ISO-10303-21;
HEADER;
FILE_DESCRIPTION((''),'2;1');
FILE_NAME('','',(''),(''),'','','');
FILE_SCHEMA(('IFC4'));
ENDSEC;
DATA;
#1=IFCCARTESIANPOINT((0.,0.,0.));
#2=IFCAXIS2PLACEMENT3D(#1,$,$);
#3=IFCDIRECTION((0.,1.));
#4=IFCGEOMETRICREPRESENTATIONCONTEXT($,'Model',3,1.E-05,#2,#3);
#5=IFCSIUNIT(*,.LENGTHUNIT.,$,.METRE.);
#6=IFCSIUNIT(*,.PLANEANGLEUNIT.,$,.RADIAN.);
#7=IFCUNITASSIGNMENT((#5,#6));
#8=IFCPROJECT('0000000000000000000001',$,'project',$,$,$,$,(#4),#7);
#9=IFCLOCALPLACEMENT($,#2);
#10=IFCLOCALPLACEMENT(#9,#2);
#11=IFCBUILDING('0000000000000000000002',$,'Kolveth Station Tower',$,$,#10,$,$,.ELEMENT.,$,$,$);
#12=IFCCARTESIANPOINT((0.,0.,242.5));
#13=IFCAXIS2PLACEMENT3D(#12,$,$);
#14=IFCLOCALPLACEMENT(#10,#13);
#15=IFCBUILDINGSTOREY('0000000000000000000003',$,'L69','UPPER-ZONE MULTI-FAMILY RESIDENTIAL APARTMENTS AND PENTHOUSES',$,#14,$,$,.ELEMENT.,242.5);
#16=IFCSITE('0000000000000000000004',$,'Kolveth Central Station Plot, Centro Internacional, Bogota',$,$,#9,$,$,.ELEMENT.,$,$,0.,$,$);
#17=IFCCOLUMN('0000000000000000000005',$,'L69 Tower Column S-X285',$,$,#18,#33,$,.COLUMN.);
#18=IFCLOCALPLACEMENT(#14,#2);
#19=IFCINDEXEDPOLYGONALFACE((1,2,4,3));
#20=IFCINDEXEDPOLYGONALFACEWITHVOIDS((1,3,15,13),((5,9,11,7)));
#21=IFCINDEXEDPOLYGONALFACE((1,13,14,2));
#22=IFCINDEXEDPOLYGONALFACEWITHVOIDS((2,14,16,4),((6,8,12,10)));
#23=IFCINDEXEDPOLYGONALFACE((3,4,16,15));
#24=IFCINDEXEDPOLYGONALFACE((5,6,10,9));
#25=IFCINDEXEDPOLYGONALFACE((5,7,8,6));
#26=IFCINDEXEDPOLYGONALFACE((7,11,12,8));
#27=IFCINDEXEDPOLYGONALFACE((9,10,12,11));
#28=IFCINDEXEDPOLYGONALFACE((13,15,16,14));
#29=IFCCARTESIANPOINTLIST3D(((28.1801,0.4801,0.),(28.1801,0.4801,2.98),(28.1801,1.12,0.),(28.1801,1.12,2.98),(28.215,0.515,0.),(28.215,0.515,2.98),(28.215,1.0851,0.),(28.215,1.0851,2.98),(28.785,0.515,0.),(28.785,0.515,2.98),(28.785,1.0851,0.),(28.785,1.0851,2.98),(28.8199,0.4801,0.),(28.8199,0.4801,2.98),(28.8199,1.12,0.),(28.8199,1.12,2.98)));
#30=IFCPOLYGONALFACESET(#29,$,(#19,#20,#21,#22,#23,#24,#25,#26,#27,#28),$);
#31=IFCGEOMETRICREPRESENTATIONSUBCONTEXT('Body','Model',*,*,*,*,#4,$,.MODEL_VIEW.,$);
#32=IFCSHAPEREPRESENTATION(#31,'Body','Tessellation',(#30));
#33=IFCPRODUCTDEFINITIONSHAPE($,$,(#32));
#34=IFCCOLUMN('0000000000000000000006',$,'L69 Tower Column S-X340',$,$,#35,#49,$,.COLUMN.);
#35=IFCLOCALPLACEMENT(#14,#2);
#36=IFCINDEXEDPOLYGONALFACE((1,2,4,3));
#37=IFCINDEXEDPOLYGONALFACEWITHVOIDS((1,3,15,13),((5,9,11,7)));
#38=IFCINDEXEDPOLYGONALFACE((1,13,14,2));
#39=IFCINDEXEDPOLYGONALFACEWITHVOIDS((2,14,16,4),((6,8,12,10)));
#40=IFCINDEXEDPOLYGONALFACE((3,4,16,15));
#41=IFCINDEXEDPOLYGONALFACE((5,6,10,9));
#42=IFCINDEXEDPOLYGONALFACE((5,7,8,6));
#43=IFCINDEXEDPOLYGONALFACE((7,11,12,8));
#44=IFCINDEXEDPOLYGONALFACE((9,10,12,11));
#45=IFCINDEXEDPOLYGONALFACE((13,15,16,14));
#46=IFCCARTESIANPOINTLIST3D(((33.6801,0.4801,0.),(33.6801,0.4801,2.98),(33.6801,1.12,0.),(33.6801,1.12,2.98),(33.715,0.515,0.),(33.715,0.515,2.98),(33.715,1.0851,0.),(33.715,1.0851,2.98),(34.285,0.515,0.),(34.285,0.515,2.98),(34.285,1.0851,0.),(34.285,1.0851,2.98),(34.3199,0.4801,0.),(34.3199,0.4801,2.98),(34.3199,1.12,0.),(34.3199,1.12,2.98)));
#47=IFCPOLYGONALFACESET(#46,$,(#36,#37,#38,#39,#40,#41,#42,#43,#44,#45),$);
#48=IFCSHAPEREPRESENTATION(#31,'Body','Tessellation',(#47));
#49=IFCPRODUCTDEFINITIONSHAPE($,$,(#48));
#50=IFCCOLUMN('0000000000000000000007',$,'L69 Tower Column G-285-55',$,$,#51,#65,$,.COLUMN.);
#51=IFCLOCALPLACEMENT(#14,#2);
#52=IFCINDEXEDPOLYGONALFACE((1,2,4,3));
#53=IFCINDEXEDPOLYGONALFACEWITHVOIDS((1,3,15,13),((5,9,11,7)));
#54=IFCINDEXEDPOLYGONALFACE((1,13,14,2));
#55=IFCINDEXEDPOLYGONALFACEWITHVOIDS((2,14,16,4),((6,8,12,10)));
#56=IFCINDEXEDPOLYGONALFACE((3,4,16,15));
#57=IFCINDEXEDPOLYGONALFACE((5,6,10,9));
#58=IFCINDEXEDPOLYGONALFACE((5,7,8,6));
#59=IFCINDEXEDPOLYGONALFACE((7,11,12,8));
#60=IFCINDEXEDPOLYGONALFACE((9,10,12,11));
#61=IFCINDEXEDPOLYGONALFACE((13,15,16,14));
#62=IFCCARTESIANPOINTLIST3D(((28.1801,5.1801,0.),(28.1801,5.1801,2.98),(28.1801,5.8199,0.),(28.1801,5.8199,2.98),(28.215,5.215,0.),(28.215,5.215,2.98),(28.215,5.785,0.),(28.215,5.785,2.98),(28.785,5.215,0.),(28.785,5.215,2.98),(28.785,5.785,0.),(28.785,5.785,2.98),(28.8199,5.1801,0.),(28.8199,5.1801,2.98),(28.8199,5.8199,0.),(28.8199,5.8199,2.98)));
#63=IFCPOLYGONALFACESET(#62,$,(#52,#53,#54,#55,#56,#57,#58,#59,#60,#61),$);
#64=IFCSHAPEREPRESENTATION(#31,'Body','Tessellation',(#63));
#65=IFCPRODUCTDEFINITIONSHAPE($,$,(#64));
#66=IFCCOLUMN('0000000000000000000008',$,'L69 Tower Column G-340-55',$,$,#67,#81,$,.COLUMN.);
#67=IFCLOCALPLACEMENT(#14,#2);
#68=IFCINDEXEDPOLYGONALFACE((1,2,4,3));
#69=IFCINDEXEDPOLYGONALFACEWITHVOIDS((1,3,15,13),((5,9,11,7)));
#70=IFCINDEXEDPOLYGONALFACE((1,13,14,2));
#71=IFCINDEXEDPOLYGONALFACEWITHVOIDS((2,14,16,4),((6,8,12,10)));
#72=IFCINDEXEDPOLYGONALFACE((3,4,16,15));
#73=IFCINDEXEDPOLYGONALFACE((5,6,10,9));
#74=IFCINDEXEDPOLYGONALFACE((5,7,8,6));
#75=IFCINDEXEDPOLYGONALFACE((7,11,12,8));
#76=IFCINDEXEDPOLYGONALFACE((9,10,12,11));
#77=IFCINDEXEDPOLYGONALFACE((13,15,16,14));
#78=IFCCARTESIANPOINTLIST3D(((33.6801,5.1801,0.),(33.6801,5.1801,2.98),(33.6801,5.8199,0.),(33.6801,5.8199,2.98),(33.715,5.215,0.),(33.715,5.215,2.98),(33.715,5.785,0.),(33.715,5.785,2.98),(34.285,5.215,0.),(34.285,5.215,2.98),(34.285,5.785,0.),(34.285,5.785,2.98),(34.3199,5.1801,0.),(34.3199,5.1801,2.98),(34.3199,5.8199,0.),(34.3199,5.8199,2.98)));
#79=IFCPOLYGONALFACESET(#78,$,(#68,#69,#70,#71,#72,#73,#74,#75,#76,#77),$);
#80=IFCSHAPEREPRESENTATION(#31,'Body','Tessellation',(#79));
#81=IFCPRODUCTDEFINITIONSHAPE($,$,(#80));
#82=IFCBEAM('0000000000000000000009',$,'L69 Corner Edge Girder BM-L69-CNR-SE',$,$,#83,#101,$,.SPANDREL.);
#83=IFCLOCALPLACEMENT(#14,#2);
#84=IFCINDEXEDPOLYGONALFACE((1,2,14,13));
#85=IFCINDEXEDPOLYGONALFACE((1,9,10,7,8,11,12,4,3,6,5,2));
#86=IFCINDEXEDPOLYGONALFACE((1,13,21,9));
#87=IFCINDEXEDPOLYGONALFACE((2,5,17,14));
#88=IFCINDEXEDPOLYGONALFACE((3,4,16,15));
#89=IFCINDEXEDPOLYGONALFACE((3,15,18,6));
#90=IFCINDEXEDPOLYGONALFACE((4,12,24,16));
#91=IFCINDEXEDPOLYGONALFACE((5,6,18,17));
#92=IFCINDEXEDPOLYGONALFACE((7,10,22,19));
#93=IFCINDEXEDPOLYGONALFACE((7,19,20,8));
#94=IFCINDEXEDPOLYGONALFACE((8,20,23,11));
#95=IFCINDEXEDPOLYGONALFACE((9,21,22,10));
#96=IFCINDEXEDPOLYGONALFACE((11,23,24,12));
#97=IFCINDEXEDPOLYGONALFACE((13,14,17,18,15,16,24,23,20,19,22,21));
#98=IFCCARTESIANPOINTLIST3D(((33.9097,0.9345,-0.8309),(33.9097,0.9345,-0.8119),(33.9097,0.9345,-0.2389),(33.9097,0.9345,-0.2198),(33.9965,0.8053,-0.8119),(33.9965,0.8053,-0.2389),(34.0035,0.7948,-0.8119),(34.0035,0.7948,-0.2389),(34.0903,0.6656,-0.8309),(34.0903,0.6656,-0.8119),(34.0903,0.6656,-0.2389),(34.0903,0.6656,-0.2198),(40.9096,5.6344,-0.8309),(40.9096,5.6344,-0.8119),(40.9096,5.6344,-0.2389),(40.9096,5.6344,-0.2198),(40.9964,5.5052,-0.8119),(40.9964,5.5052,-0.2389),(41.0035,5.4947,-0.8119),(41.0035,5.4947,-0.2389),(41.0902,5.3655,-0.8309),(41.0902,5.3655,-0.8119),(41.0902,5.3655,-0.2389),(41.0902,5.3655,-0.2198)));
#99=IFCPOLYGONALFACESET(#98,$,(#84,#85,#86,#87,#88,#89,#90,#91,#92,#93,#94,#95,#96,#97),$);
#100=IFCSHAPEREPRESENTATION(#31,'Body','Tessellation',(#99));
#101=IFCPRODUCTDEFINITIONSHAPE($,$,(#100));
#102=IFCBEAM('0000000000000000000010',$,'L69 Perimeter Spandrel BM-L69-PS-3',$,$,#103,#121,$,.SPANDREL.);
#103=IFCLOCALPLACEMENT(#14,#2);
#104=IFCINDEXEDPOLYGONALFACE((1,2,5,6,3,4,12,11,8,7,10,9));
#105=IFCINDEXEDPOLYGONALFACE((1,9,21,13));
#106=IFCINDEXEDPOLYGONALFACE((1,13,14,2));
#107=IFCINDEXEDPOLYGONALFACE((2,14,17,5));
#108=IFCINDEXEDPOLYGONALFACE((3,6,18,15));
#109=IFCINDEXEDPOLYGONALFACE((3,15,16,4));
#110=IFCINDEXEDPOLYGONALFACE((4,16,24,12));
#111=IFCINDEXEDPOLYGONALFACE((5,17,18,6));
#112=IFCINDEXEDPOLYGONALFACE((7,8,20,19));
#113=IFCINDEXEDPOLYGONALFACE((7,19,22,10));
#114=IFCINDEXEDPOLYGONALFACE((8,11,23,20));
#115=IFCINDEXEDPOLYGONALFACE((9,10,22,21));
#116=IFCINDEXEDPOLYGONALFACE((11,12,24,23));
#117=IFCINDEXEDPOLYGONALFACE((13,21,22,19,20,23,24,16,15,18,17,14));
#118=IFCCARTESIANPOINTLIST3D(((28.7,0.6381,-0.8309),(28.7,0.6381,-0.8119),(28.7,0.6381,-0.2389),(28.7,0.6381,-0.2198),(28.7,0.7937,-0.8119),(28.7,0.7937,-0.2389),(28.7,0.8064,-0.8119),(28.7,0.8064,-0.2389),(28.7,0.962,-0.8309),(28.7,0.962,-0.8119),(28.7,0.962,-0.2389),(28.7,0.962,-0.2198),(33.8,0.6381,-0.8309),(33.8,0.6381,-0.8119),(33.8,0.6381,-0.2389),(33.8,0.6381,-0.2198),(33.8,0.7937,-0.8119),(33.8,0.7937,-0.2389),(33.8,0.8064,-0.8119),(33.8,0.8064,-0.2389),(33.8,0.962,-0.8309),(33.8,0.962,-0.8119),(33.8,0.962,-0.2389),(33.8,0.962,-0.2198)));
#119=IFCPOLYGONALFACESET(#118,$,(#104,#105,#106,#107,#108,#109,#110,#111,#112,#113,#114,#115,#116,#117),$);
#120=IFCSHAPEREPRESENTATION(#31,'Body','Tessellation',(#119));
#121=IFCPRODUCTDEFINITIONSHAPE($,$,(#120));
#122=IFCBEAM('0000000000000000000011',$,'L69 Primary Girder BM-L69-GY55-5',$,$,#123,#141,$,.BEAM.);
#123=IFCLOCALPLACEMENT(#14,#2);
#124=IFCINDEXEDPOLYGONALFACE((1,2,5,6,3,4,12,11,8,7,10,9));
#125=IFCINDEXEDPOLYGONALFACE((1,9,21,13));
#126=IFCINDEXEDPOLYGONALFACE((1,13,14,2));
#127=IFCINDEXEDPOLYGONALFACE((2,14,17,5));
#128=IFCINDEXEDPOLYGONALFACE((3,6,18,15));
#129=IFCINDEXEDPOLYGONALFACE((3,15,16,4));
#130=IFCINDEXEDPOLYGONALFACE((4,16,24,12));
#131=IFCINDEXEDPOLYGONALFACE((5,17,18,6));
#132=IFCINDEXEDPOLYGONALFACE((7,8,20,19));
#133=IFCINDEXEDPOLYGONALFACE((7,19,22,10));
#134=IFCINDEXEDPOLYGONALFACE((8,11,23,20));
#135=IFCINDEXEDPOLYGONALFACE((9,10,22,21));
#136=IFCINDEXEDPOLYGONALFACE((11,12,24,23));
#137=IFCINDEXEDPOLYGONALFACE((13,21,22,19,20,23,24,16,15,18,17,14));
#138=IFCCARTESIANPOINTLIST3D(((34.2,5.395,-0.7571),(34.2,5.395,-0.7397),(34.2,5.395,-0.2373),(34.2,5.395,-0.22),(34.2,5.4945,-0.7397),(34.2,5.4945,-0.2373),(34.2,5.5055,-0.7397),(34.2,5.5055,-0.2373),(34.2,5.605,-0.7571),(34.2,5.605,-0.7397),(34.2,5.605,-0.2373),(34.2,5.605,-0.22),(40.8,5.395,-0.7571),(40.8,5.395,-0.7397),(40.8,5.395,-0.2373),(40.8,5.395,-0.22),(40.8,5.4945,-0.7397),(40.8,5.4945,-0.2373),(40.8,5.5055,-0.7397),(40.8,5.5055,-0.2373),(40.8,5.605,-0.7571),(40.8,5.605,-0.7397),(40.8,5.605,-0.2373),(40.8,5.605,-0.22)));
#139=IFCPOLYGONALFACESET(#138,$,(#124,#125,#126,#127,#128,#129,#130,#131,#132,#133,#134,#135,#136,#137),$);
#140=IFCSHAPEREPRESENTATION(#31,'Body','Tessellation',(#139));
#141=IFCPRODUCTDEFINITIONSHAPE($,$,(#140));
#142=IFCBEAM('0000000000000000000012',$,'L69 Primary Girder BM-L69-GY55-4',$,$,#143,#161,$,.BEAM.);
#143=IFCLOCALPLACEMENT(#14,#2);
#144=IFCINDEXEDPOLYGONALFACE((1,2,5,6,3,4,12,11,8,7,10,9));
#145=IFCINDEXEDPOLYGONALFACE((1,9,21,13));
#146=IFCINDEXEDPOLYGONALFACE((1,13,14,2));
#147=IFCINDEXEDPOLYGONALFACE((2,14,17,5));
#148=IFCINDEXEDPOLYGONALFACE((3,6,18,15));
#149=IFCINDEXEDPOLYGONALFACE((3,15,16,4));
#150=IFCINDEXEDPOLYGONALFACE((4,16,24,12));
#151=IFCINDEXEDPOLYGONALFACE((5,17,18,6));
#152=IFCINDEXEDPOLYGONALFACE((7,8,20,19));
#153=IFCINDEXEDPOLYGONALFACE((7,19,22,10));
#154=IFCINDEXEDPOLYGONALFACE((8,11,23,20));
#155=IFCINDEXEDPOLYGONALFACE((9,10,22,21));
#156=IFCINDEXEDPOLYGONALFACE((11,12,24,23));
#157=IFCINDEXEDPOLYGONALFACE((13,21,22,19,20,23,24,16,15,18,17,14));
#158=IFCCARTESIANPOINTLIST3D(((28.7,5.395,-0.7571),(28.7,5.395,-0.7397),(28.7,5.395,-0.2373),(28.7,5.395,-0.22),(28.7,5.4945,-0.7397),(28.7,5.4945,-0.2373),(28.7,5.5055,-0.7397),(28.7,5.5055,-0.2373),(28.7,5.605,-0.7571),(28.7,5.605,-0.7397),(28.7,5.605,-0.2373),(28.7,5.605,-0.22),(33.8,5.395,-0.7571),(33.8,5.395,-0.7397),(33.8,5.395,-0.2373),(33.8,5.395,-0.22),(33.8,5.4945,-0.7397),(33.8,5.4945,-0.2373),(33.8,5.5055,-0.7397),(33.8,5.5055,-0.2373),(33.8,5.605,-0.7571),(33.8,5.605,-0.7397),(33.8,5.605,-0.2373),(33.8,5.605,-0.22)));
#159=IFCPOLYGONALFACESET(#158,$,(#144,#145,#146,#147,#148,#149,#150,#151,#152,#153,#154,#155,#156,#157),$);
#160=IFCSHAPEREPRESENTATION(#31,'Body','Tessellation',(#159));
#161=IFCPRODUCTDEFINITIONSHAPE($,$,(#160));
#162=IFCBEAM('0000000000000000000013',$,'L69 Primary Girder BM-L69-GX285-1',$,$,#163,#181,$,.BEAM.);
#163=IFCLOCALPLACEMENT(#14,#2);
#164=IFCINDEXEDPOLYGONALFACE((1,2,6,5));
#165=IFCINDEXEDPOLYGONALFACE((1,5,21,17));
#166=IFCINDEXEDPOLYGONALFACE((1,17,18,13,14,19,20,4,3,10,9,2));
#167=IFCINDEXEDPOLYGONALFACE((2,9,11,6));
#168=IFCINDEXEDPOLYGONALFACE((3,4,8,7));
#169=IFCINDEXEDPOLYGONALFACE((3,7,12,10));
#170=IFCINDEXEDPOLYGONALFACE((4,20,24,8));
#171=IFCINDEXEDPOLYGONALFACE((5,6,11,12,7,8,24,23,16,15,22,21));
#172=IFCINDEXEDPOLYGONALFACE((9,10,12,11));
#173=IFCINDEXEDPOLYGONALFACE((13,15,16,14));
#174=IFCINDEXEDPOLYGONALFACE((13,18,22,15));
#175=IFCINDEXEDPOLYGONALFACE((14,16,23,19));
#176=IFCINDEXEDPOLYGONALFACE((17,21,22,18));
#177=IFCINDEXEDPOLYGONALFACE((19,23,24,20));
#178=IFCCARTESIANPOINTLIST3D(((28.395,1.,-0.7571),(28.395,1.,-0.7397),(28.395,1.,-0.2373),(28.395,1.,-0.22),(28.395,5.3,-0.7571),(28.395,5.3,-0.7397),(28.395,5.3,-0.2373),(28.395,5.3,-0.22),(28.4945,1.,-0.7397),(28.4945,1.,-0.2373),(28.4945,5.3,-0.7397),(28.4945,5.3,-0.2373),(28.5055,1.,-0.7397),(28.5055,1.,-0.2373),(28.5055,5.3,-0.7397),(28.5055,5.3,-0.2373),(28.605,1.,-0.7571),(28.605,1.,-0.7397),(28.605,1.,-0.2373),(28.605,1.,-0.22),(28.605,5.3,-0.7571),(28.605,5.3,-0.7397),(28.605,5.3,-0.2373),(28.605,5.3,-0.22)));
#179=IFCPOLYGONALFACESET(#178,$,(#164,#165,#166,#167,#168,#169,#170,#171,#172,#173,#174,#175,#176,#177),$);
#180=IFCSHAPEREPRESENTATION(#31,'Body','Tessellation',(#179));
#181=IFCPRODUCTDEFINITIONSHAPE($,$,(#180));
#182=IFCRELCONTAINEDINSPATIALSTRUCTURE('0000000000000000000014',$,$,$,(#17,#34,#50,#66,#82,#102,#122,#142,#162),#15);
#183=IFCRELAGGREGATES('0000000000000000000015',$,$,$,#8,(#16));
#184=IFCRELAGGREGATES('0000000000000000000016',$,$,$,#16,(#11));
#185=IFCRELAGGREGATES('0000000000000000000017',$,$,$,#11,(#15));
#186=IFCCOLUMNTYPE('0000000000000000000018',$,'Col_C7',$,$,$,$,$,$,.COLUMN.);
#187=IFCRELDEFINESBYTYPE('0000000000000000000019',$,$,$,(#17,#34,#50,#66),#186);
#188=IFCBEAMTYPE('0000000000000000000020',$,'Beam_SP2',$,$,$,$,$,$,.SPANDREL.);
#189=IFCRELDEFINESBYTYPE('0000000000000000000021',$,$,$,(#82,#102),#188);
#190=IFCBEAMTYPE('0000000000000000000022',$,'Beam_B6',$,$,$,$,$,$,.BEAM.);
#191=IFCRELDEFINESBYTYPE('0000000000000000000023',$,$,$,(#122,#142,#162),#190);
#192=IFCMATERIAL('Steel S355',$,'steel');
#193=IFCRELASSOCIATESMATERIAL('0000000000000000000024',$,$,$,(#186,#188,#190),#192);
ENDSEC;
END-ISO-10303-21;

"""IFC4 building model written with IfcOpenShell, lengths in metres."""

from ifc_helpers import new_model, si_unit, direction, frame, origin, origin_2d, place, context, subcontext, project, spatial, hollow_rectangle, i_section, extrude, source, transform, mapped, material, material_profile, profile_set, type_object, element, save


model = new_model("IFC4")

# Units and contexts
model_context = context("Model", 3, precision=1e-05, world=origin(), true_north=direction((0.0, 1.0)))
body_context = subcontext(model_context, "Body", "Model", "MODEL_VIEW")
ifc_project = project(units=[si_unit("LENGTHUNIT", "METRE"), si_unit("PLANEANGLEUNIT", "RADIAN")], contexts=[model_context])

# Site, building, storey
site_placement = place(None, origin())
site = spatial("IfcSite", under=ifc_project, at=site_placement, Name="Kolveth Central Station Plot, Centro Internacional, Bogota", CompositionType="ELEMENT", RefElevation=0.0)
building_placement = place(site_placement, origin())
building = spatial("IfcBuilding", under=site, at=building_placement, Name="Kolveth Station Tower", CompositionType="ELEMENT")
storey_placement = place(building_placement, frame((0.0, 0.0, 242.5)))
storey = spatial("IfcBuildingStorey", under=building, at=storey_placement, Name="L69", Description="UPPER-ZONE MULTI-FAMILY RESIDENTIAL APARTMENTS AND PENTHOUSES", CompositionType="ELEMENT", Elevation=242.5)

# Columns
ifc_material_1 = material(Name="Steel S355", Category="steel")
ifc_material_profile_1 = material_profile(ifc_material_1, hollow_rectangle(XDim=0.6399, YDim=0.6399, WallThickness=0.0349, at=origin_2d()), Name="BOX640x640x35")
ifc_profile_set_1 = profile_set([ifc_material_profile_1], Name="Steel S355")
column_type = type_object("IfcColumnType", Name="Col_C7", PredefinedType="COLUMN", material=ifc_profile_set_1)
shared_shape_1 = source(origin(), body_context, "Body", "SweptSolid", [
    extrude(hollow_rectangle(XDim=0.6399, YDim=0.6399, WallThickness=0.0349, at=origin_2d()), origin(), (0.0, 0.0, 1.0), 2.98),
])
for number, where, z_axis, x_axis, name in (
    (1, (28.5, 0.8, 0.0), (0.0, 0.0, 1.0), (1.0, 0.0, 0.0), "L69 Tower Column S-X285"),
    (2, (34.0, 0.8, 0.0), (0.0, 0.0, 1.0), (1.0, 0.0, 0.0), "L69 Tower Column S-X340"),
    (3, (28.5, 5.5, 0.0), (0.0, 0.0, 1.0), (1.0, 0.0, 0.0), "L69 Tower Column G-285-55"),
    (4, (34.0, 5.5, 0.0), (0.0, 0.0, 1.0), (1.0, 0.0, 0.0), "L69 Tower Column G-340-55"),
):
    element("IfcColumn", number, at=place(storey_placement, frame(where, z_axis=z_axis, x_axis=x_axis)), inside=storey, type_object=column_type, Name=name, PredefinedType="COLUMN", context=body_context, shape_type="MappedRepresentation", body=[
        mapped(shared_shape_1, transform((0.0, 0.0, 0.0), x_axis=(1.0, 0.0, 0.0), y_axis=(0.0, 1.0, 0.0), z_axis=(0.0, 0.0, 1.0), scale=1.0)),
    ])

# Beams
ifc_material_profile_2 = material_profile(ifc_material_1, i_section(OverallWidth=0.324, OverallDepth=0.6111, WebThickness=0.0127, FlangeThickness=0.019, at=origin_2d()), Name="W610x155")
ifc_profile_set_2 = profile_set([ifc_material_profile_2], Name="Steel S355")
beam_type_1 = type_object("IfcBeamType", Name="Beam_SP2", PredefinedType="SPANDREL", material=ifc_profile_set_2)
shared_shape_2 = source(origin(), body_context, "Body", "SweptSolid", [
    extrude(i_section(OverallWidth=0.324, OverallDepth=0.6111, WebThickness=0.0127, FlangeThickness=0.019, at=origin_2d()), origin(), (0.0, 0.0, 1.0), 8.4314),
])
beam_1_placement = place(storey_placement, frame((34.0, 0.8, -0.5254), z_axis=(0.830224, 0.55743, 0.0), x_axis=(-0.55743, 0.830224, 0.0)))
element("IfcBeam", 5, at=beam_1_placement, inside=storey, type_object=beam_type_1, Name="L69 Corner Edge Girder BM-L69-CNR-SE", PredefinedType="SPANDREL", context=body_context, shape_type="MappedRepresentation", body=[
    mapped(shared_shape_2, transform((0.0, 0.0, 0.0), x_axis=(1.0, 0.0, 0.0), y_axis=(0.0, 1.0, 0.0), z_axis=(0.0, 0.0, 1.0), scale=1.0)),
])
shared_shape_3 = source(origin(), body_context, "Body", "SweptSolid", [
    extrude(i_section(OverallWidth=0.324, OverallDepth=0.6111, WebThickness=0.0127, FlangeThickness=0.019, at=origin_2d()), origin(), (0.0, 0.0, 1.0), 5.1001),
])
beam_2_placement = place(storey_placement, frame((28.7, 0.8, -0.5254), z_axis=(1.0, 0.0, 0.0), x_axis=(0.0, 1.0, 0.0)))
element("IfcBeam", 6, at=beam_2_placement, inside=storey, type_object=beam_type_1, Name="L69 Perimeter Spandrel BM-L69-PS-3", PredefinedType="SPANDREL", context=body_context, shape_type="MappedRepresentation", body=[
    mapped(shared_shape_3, transform((0.0, 0.0, 0.0), x_axis=(1.0, 0.0, 0.0), y_axis=(0.0, 1.0, 0.0), z_axis=(0.0, 0.0, 1.0), scale=1.0)),
])
ifc_material_profile_3 = material_profile(ifc_material_1, i_section(OverallWidth=0.21, OverallDepth=0.5371, WebThickness=0.011, FlangeThickness=0.0173, at=origin_2d()), Name="W530x101")
ifc_profile_set_3 = profile_set([ifc_material_profile_3], Name="Steel S355")
beam_type_2 = type_object("IfcBeamType", Name="Beam_B6", PredefinedType="BEAM", material=ifc_profile_set_3)
shared_shape_4 = source(origin(), body_context, "Body", "SweptSolid", [
    extrude(i_section(OverallWidth=0.21, OverallDepth=0.5371, WebThickness=0.011, FlangeThickness=0.0173, at=origin_2d()), origin(), (0.0, 0.0, 1.0), 6.6001),
])
beam_3_placement = place(storey_placement, frame((34.2, 5.5, -0.4885), z_axis=(1.0, 0.0, 0.0), x_axis=(0.0, 1.0, 0.0)))
element("IfcBeam", 7, at=beam_3_placement, inside=storey, type_object=beam_type_2, Name="L69 Primary Girder BM-L69-GY55-5", PredefinedType="BEAM", context=body_context, shape_type="MappedRepresentation", body=[
    mapped(shared_shape_4, transform((0.0, 0.0, 0.0), x_axis=(1.0, 0.0, 0.0), y_axis=(0.0, 1.0, 0.0), z_axis=(0.0, 0.0, 1.0), scale=1.0)),
])
shared_shape_5 = source(origin(), body_context, "Body", "SweptSolid", [
    extrude(i_section(OverallWidth=0.21, OverallDepth=0.5371, WebThickness=0.011, FlangeThickness=0.0173, at=origin_2d()), origin(), (0.0, 0.0, 1.0), 5.1001),
])
beam_4_placement = place(storey_placement, frame((28.7, 5.5, -0.4885), z_axis=(1.0, 0.0, 0.0), x_axis=(0.0, 1.0, 0.0)))
element("IfcBeam", 8, at=beam_4_placement, inside=storey, type_object=beam_type_2, Name="L69 Primary Girder BM-L69-GY55-4", PredefinedType="BEAM", context=body_context, shape_type="MappedRepresentation", body=[
    mapped(shared_shape_5, transform((0.0, 0.0, 0.0), x_axis=(1.0, 0.0, 0.0), y_axis=(0.0, 1.0, 0.0), z_axis=(0.0, 0.0, 1.0), scale=1.0)),
])
shared_shape_6 = source(origin(), body_context, "Body", "SweptSolid", [
    extrude(i_section(OverallWidth=0.21, OverallDepth=0.5371, WebThickness=0.011, FlangeThickness=0.0173, at=origin_2d()), origin(), (0.0, 0.0, 1.0), 4.3),
])
for number, where, z_axis, x_axis, name in (
    (9, (28.5, 1.0, -0.4885), (0.0, 1.0, 0.0), (-1.0, 0.0, 0.0), "L69 Primary Girder BM-L69-GX285-1"),
):
    element("IfcBeam", number, at=place(storey_placement, frame(where, z_axis=z_axis, x_axis=x_axis)), inside=storey, type_object=beam_type_2, Name=name, PredefinedType="BEAM", context=body_context, shape_type="MappedRepresentation", body=[
        mapped(shared_shape_6, transform((0.0, 0.0, 0.0), x_axis=(1.0, 0.0, 0.0), y_axis=(0.0, 1.0, 0.0), z_axis=(0.0, 0.0, 1.0), scale=1.0)),
    ])

save(model, "model.ifc")
